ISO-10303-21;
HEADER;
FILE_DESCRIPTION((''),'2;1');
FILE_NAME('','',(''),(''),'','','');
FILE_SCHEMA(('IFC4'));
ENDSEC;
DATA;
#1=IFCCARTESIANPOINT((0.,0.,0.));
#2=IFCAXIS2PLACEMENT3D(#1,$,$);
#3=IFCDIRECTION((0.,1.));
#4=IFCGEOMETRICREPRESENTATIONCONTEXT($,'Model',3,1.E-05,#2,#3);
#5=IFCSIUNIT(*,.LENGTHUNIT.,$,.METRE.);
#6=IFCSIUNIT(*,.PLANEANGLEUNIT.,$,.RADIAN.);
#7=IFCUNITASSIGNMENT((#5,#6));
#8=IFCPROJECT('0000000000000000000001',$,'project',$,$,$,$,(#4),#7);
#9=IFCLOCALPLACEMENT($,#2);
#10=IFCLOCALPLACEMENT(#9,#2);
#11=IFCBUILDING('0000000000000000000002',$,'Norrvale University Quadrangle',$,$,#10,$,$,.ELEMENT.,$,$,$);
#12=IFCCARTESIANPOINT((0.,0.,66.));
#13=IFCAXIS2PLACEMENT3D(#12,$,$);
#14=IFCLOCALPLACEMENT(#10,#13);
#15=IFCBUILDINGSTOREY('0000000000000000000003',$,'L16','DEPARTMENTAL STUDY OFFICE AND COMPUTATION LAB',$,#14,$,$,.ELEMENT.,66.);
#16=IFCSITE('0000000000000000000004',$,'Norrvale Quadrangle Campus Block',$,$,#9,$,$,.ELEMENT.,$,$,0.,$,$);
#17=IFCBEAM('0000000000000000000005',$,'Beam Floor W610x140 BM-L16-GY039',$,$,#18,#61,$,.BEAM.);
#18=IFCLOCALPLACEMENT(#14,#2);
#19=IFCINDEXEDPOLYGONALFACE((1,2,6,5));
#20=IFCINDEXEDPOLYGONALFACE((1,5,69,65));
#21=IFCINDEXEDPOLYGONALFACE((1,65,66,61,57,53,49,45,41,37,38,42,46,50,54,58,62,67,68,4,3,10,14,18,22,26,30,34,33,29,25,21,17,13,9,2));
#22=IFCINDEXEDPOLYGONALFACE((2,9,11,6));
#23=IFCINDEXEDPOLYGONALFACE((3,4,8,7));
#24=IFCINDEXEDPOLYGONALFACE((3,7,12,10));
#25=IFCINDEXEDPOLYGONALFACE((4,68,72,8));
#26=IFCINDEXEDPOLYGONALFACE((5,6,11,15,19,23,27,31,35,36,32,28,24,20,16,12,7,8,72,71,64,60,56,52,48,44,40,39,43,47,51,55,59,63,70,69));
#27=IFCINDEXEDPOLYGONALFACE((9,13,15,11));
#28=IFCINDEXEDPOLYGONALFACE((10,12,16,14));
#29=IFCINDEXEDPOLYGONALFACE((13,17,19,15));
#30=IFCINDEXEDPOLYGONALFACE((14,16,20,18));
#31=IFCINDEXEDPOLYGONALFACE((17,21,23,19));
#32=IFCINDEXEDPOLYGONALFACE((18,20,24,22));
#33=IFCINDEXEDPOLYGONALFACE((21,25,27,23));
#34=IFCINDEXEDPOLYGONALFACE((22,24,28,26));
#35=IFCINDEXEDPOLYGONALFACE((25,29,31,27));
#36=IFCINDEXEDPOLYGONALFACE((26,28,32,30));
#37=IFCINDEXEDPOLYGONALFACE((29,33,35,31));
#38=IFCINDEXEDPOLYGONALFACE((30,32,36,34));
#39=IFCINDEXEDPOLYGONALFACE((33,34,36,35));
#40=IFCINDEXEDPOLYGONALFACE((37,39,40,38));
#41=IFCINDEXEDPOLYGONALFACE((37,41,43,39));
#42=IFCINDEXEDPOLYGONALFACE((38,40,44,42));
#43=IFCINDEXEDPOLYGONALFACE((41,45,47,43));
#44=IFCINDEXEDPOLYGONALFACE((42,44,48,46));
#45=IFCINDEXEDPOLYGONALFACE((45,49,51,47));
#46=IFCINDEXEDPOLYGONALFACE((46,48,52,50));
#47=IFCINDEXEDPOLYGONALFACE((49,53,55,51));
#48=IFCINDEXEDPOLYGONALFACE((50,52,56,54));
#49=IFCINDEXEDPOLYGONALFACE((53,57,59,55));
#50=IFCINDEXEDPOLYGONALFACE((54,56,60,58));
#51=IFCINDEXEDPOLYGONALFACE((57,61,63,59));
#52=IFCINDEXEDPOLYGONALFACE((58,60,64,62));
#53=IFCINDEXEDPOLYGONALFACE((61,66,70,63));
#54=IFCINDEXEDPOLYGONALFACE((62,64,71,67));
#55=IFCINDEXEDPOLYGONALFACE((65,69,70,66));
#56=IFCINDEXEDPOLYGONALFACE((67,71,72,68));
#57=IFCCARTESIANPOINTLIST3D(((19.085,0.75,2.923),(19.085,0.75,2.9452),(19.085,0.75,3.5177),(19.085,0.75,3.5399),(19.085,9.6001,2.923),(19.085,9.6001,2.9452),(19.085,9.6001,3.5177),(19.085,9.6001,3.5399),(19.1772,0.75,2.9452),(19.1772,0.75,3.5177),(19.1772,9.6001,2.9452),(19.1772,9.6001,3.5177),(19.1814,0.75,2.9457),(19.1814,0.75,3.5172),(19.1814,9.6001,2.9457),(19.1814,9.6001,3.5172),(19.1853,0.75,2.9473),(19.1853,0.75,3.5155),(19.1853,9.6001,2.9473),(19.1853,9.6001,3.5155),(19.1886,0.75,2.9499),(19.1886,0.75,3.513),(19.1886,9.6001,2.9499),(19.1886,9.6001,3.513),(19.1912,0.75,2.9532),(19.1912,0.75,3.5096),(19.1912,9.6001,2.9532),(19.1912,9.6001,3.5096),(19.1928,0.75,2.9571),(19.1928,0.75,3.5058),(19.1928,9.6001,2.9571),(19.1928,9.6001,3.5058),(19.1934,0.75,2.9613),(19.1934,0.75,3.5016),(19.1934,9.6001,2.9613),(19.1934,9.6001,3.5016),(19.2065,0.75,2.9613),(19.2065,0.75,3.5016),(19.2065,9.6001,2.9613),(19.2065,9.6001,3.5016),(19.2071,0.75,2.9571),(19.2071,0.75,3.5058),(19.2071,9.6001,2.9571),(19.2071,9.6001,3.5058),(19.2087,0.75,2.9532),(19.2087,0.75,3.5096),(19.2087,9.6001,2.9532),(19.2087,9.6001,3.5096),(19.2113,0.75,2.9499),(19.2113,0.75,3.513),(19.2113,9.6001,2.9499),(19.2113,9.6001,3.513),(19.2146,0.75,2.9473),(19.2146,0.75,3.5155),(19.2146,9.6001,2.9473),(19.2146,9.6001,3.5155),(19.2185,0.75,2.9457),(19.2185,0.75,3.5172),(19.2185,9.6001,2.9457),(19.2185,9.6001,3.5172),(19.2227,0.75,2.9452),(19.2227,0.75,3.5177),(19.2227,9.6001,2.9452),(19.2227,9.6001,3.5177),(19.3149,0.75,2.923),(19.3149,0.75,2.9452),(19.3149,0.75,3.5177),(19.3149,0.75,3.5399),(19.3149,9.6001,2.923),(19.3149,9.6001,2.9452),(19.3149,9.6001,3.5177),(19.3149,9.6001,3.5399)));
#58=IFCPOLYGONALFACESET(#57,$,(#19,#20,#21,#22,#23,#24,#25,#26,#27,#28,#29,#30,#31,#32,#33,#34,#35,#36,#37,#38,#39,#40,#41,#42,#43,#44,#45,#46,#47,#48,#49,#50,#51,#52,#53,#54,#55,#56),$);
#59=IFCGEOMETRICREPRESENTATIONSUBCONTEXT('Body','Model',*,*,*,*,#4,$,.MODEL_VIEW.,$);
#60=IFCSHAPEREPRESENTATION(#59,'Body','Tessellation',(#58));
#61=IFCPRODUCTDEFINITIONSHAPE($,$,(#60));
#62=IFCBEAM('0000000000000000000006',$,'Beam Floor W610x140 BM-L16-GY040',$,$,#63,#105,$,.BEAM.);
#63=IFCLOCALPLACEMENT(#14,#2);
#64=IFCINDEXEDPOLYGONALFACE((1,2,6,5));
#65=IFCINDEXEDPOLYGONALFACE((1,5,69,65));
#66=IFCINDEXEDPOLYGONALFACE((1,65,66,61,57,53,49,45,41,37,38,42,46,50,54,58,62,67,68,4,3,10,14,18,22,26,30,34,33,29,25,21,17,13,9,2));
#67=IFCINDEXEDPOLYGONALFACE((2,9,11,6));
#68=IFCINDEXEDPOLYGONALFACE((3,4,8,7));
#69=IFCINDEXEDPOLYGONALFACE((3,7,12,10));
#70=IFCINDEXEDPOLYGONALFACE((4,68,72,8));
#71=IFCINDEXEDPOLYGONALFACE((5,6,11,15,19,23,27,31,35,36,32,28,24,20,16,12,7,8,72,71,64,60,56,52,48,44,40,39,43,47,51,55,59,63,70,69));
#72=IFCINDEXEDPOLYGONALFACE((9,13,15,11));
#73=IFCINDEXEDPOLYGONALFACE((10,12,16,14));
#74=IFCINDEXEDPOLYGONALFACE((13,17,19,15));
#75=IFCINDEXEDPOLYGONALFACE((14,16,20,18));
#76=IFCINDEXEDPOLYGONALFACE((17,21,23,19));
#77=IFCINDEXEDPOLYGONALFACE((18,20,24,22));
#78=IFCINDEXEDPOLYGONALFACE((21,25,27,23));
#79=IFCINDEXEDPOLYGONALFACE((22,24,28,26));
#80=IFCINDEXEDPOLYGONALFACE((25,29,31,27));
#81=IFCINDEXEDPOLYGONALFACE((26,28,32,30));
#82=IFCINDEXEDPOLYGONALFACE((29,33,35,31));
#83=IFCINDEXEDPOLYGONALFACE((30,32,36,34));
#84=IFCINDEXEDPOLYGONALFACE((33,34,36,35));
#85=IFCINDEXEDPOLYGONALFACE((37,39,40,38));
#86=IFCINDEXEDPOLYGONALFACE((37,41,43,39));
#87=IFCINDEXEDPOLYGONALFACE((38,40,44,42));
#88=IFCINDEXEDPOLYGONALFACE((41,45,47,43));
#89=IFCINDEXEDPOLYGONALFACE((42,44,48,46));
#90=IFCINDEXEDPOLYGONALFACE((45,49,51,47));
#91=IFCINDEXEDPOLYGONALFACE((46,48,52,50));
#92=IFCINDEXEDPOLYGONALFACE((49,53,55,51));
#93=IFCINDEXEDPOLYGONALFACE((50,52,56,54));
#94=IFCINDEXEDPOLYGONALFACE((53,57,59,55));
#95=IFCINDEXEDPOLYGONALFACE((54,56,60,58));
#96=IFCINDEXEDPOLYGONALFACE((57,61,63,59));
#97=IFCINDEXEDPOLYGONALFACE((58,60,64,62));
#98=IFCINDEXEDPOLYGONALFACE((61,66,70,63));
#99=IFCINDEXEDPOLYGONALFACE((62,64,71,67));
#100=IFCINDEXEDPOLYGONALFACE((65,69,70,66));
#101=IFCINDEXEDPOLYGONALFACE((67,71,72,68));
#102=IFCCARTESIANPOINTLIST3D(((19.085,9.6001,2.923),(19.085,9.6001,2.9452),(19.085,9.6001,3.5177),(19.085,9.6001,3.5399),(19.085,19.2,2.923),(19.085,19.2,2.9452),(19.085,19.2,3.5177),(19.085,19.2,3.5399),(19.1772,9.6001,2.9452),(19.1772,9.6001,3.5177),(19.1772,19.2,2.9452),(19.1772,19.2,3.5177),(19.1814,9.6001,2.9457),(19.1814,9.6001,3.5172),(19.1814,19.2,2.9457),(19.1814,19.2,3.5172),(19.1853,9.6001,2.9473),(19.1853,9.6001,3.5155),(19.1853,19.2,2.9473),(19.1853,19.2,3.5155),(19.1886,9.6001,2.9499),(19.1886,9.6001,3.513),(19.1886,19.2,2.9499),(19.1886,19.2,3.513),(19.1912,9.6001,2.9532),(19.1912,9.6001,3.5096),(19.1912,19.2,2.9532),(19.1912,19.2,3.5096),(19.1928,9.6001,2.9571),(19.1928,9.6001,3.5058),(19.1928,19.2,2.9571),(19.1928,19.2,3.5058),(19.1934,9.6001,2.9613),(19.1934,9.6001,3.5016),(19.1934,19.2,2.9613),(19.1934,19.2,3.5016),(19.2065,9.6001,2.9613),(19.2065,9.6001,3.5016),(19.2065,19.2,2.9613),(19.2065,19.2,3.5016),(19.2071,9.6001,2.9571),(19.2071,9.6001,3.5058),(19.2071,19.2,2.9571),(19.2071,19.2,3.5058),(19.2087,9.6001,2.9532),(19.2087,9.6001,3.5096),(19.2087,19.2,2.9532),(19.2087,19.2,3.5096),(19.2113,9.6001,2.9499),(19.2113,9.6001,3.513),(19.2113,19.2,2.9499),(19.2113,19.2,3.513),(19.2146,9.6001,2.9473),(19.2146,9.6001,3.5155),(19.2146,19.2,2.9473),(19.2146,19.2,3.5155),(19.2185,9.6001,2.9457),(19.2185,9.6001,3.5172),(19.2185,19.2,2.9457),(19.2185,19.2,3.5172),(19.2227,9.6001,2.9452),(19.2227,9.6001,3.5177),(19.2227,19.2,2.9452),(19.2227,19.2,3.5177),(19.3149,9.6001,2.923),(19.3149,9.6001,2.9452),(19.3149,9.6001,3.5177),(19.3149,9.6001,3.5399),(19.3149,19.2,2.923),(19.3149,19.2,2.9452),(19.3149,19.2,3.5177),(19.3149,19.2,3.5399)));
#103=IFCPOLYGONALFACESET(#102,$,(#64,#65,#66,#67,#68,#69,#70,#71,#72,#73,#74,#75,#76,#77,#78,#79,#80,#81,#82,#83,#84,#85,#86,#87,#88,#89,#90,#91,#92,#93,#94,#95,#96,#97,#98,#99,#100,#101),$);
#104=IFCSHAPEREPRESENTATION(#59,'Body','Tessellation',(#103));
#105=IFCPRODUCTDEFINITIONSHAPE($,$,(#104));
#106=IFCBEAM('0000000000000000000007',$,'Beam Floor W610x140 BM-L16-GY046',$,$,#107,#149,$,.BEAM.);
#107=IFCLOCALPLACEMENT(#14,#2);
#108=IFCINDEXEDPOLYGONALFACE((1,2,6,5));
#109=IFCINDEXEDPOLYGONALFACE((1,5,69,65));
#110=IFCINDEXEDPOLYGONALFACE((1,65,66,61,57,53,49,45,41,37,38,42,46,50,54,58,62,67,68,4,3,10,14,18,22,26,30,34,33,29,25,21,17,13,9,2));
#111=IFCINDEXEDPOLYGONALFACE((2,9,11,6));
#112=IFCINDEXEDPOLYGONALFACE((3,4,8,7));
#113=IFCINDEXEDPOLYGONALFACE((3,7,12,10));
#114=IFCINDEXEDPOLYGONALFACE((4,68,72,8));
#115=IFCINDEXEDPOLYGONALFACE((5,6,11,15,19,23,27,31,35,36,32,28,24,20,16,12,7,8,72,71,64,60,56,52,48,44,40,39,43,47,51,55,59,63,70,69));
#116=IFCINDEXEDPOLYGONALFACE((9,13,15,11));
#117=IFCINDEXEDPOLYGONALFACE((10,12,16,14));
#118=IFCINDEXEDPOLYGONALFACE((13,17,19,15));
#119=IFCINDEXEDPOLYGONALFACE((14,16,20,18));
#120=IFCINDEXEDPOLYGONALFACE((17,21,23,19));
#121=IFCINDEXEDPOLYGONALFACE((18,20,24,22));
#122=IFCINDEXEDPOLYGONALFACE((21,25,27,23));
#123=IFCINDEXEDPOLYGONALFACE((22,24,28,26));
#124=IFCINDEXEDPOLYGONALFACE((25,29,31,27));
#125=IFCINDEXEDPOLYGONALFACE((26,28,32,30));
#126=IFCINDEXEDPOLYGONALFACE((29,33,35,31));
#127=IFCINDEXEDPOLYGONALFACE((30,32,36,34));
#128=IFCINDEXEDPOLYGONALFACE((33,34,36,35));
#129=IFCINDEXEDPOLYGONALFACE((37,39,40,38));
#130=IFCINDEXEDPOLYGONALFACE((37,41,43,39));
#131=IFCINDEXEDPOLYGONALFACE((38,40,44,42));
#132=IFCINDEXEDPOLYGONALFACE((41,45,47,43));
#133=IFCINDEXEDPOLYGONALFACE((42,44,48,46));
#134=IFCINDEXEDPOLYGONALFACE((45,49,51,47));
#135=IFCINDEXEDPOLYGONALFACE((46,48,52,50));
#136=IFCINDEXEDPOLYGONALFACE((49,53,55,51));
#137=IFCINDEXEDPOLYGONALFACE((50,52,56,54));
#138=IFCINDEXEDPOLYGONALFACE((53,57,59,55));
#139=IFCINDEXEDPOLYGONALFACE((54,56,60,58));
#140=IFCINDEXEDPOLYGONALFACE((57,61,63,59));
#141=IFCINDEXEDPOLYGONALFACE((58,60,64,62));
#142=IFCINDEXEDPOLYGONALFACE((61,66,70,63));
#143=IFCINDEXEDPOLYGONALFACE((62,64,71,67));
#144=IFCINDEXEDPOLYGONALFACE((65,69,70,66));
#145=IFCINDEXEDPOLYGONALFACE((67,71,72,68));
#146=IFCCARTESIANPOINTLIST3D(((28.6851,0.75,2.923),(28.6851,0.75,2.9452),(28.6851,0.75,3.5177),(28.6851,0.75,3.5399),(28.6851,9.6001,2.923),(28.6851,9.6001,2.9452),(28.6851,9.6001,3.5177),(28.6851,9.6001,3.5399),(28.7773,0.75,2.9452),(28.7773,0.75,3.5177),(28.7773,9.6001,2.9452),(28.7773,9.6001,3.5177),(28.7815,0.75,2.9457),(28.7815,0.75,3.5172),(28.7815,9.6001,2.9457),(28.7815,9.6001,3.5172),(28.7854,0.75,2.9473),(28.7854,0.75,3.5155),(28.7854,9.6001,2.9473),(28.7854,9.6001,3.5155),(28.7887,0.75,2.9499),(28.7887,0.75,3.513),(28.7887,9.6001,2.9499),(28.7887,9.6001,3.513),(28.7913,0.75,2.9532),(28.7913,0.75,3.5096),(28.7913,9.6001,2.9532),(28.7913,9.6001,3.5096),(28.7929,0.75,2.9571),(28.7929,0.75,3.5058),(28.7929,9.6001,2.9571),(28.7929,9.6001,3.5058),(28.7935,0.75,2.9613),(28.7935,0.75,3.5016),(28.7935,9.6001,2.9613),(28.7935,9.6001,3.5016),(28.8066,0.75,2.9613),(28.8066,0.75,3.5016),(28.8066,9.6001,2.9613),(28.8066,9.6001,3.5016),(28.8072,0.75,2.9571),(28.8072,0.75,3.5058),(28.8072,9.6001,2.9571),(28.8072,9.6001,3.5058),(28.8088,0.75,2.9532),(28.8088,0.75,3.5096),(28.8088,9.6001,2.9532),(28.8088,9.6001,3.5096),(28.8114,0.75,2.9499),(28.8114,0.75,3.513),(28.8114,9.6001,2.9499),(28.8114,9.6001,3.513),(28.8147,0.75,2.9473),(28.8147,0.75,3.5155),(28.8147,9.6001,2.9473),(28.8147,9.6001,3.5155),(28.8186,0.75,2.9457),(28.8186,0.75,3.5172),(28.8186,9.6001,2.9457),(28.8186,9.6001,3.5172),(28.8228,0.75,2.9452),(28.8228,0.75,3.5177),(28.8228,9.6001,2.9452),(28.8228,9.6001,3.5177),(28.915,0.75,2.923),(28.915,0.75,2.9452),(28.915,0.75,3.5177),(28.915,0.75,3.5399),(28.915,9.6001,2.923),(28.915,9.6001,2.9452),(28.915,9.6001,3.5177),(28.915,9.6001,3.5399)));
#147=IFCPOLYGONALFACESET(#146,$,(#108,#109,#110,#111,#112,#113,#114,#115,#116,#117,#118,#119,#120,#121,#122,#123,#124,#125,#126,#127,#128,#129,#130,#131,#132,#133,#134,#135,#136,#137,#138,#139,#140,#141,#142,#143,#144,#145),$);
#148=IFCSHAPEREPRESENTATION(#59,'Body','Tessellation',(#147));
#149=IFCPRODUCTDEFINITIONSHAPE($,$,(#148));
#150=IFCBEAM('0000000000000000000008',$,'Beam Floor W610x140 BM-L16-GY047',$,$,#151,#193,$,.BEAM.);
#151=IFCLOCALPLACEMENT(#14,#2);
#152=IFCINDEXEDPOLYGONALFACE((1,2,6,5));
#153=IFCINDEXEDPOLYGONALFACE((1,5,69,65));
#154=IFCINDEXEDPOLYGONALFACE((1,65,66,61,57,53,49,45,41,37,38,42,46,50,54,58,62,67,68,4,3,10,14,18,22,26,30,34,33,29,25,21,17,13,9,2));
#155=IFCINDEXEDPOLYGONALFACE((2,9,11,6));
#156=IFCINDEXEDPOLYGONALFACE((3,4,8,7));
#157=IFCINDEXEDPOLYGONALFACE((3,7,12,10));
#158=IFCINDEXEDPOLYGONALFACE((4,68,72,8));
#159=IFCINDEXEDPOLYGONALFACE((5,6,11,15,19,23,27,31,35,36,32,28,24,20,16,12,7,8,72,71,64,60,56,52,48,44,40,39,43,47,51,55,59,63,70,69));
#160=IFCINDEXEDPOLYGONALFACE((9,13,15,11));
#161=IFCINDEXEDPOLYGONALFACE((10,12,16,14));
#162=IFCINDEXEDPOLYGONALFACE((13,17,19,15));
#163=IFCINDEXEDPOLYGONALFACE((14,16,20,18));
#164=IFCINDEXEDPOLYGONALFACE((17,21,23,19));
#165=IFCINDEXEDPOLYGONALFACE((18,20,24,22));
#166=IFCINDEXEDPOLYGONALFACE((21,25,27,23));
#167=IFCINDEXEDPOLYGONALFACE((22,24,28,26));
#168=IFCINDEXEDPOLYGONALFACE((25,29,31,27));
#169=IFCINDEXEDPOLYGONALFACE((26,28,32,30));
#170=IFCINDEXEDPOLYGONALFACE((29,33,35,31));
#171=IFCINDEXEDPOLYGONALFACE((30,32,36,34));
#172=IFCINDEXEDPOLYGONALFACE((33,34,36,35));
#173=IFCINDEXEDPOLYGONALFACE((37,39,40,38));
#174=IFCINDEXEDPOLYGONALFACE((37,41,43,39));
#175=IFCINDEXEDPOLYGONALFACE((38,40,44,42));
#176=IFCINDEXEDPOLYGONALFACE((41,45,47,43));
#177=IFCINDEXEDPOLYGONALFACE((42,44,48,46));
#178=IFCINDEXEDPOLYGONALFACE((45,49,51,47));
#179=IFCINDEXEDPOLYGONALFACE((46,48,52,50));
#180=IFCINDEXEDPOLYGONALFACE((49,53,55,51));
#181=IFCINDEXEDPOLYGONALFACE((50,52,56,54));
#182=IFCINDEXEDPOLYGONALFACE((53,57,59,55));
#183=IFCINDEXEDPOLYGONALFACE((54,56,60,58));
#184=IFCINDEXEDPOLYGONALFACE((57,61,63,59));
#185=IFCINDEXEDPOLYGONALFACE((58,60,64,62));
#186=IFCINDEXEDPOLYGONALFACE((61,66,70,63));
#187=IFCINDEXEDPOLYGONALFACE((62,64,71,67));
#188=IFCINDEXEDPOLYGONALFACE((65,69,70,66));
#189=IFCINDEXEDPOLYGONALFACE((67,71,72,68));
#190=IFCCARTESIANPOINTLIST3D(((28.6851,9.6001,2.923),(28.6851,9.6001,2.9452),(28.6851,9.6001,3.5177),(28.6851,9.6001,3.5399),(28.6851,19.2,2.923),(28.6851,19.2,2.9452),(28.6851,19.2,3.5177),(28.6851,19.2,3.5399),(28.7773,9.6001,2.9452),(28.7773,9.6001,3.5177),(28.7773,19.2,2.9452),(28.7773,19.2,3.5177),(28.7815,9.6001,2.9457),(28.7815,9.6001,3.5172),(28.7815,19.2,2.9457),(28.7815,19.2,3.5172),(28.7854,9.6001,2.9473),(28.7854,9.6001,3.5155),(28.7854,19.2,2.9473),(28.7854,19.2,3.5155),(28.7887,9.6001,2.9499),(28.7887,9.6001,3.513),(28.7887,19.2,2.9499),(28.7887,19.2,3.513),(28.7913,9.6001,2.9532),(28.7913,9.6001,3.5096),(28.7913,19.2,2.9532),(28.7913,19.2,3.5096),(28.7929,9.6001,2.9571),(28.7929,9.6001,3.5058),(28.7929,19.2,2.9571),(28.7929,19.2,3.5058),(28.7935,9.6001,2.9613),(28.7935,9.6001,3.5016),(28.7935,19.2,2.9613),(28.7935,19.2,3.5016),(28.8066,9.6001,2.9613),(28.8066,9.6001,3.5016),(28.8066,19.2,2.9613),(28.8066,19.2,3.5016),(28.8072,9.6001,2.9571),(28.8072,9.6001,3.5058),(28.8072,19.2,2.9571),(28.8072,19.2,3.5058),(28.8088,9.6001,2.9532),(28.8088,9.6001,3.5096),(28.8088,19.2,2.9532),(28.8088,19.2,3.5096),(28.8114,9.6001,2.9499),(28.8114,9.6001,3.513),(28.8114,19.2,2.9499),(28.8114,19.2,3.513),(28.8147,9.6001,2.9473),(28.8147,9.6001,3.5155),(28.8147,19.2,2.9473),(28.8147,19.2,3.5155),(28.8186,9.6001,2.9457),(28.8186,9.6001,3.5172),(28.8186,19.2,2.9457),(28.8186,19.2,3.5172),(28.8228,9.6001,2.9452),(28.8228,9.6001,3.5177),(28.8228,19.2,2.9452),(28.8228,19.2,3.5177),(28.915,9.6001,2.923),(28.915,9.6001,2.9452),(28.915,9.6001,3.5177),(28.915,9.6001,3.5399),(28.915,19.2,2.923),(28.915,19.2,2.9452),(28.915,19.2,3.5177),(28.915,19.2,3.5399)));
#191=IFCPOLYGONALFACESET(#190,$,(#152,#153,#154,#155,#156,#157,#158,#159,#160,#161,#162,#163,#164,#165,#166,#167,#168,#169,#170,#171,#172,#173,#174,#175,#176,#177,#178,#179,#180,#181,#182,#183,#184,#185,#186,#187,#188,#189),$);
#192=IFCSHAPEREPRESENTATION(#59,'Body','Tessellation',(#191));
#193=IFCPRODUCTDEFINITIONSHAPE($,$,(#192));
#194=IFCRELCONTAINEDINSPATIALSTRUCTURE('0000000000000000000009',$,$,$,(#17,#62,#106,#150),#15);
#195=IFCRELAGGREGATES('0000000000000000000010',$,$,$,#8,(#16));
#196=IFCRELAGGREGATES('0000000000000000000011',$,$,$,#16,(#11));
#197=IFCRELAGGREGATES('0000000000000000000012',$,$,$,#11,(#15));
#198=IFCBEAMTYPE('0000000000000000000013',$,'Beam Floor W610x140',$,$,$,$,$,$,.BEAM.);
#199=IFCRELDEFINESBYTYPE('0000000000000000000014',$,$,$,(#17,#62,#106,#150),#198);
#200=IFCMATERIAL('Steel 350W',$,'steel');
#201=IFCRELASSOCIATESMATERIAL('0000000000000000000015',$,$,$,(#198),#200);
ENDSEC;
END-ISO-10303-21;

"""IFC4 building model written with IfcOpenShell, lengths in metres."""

from ifc_helpers import new_model, si_unit, direction, frame, origin, origin_2d, place, context, subcontext, project, spatial, i_section, extrude, material, material_profile, profile_set, type_object, element, save


model = new_model("IFC4")

# Units and contexts
model_context = context("Model", 3, precision=1e-05, world=origin(), true_north=direction((0.0, 1.0)))
body_context = subcontext(model_context, "Body", "Model", "MODEL_VIEW")
ifc_project = project(units=[si_unit("LENGTHUNIT", "METRE"), si_unit("PLANEANGLEUNIT", "RADIAN")], contexts=[model_context])

# Site, building, storey
site_placement = place(None, origin())
site = spatial("IfcSite", under=ifc_project, at=site_placement, Name="Norrvale Quadrangle Campus Block", CompositionType="ELEMENT", RefElevation=0.0)
building_placement = place(site_placement, origin())
building = spatial("IfcBuilding", under=site, at=building_placement, Name="Norrvale University Quadrangle", CompositionType="ELEMENT")
storey_placement = place(building_placement, frame((0.0, 0.0, 66.0)))
storey = spatial("IfcBuildingStorey", under=building, at=storey_placement, Name="L16", Description="DEPARTMENTAL STUDY OFFICE AND COMPUTATION LAB", CompositionType="ELEMENT", Elevation=66.0)

# Beams
ifc_material_1 = material(Name="Steel 350W", Category="steel")
ifc_material_profile_1 = material_profile(ifc_material_1, i_section(OverallWidth=0.23, OverallDepth=0.6169, WebThickness=0.0132, FlangeThickness=0.0222, FilletRadius=0.0161, at=origin_2d()), Name="Steel 350W")
ifc_profile_set_1 = profile_set([ifc_material_profile_1], Name="Steel 350W")
beam_type_1 = type_object("IfcBeamType", Name="Beam Floor W610x140", PredefinedType="BEAM", material=ifc_profile_set_1)
beam_1_placement = place(storey_placement, frame((19.2, 0.75, 3.2314), z_axis=(0.0, 1.0, 0.0), x_axis=(-1.0, 0.0, 0.0)))
element("IfcBeam", 1, at=beam_1_placement, inside=storey, type_object=beam_type_1, Name="Beam Floor W610x140 BM-L16-GY039", PredefinedType="BEAM", context=body_context, shape_type="SweptSolid", body=[
    extrude(i_section(OverallWidth=0.23, OverallDepth=0.6169, WebThickness=0.0132, FlangeThickness=0.0222, FilletRadius=0.0161, at=origin_2d()), origin(), (0.0, 0.0, 1.0), 8.8501),
])
beam_2_placement = place(storey_placement, frame((19.2, 9.6001, 3.2314), z_axis=(0.0, 1.0, 0.0), x_axis=(-1.0, 0.0, 0.0)))
element("IfcBeam", 2, at=beam_2_placement, inside=storey, type_object=beam_type_1, Name="Beam Floor W610x140 BM-L16-GY040", PredefinedType="BEAM", context=body_context, shape_type="SweptSolid", body=[
    extrude(i_section(OverallWidth=0.23, OverallDepth=0.6169, WebThickness=0.0132, FlangeThickness=0.0222, FilletRadius=0.0161, at=origin_2d()), origin(), (0.0, 0.0, 1.0), 9.5999),
])
beam_3_placement = place(storey_placement, frame((28.8, 0.75, 3.2314), z_axis=(0.0, 1.0, 0.0), x_axis=(-1.0, 0.0, 0.0)))
element("IfcBeam", 3, at=beam_3_placement, inside=storey, type_object=beam_type_1, Name="Beam Floor W610x140 BM-L16-GY046", PredefinedType="BEAM", context=body_context, shape_type="SweptSolid", body=[
    extrude(i_section(OverallWidth=0.23, OverallDepth=0.6169, WebThickness=0.0132, FlangeThickness=0.0222, FilletRadius=0.0161, at=origin_2d()), origin(), (0.0, 0.0, 1.0), 8.8501),
])
beam_4_placement = place(storey_placement, frame((28.8, 9.6001, 3.2314), z_axis=(0.0, 1.0, 0.0), x_axis=(-1.0, 0.0, 0.0)))
element("IfcBeam", 4, at=beam_4_placement, inside=storey, type_object=beam_type_1, Name="Beam Floor W610x140 BM-L16-GY047", PredefinedType="BEAM", context=body_context, shape_type="SweptSolid", body=[
    extrude(i_section(OverallWidth=0.23, OverallDepth=0.6169, WebThickness=0.0132, FlangeThickness=0.0222, FilletRadius=0.0161, at=origin_2d()), origin(), (0.0, 0.0, 1.0), 9.5999),
])

save(model, "model.ifc")
